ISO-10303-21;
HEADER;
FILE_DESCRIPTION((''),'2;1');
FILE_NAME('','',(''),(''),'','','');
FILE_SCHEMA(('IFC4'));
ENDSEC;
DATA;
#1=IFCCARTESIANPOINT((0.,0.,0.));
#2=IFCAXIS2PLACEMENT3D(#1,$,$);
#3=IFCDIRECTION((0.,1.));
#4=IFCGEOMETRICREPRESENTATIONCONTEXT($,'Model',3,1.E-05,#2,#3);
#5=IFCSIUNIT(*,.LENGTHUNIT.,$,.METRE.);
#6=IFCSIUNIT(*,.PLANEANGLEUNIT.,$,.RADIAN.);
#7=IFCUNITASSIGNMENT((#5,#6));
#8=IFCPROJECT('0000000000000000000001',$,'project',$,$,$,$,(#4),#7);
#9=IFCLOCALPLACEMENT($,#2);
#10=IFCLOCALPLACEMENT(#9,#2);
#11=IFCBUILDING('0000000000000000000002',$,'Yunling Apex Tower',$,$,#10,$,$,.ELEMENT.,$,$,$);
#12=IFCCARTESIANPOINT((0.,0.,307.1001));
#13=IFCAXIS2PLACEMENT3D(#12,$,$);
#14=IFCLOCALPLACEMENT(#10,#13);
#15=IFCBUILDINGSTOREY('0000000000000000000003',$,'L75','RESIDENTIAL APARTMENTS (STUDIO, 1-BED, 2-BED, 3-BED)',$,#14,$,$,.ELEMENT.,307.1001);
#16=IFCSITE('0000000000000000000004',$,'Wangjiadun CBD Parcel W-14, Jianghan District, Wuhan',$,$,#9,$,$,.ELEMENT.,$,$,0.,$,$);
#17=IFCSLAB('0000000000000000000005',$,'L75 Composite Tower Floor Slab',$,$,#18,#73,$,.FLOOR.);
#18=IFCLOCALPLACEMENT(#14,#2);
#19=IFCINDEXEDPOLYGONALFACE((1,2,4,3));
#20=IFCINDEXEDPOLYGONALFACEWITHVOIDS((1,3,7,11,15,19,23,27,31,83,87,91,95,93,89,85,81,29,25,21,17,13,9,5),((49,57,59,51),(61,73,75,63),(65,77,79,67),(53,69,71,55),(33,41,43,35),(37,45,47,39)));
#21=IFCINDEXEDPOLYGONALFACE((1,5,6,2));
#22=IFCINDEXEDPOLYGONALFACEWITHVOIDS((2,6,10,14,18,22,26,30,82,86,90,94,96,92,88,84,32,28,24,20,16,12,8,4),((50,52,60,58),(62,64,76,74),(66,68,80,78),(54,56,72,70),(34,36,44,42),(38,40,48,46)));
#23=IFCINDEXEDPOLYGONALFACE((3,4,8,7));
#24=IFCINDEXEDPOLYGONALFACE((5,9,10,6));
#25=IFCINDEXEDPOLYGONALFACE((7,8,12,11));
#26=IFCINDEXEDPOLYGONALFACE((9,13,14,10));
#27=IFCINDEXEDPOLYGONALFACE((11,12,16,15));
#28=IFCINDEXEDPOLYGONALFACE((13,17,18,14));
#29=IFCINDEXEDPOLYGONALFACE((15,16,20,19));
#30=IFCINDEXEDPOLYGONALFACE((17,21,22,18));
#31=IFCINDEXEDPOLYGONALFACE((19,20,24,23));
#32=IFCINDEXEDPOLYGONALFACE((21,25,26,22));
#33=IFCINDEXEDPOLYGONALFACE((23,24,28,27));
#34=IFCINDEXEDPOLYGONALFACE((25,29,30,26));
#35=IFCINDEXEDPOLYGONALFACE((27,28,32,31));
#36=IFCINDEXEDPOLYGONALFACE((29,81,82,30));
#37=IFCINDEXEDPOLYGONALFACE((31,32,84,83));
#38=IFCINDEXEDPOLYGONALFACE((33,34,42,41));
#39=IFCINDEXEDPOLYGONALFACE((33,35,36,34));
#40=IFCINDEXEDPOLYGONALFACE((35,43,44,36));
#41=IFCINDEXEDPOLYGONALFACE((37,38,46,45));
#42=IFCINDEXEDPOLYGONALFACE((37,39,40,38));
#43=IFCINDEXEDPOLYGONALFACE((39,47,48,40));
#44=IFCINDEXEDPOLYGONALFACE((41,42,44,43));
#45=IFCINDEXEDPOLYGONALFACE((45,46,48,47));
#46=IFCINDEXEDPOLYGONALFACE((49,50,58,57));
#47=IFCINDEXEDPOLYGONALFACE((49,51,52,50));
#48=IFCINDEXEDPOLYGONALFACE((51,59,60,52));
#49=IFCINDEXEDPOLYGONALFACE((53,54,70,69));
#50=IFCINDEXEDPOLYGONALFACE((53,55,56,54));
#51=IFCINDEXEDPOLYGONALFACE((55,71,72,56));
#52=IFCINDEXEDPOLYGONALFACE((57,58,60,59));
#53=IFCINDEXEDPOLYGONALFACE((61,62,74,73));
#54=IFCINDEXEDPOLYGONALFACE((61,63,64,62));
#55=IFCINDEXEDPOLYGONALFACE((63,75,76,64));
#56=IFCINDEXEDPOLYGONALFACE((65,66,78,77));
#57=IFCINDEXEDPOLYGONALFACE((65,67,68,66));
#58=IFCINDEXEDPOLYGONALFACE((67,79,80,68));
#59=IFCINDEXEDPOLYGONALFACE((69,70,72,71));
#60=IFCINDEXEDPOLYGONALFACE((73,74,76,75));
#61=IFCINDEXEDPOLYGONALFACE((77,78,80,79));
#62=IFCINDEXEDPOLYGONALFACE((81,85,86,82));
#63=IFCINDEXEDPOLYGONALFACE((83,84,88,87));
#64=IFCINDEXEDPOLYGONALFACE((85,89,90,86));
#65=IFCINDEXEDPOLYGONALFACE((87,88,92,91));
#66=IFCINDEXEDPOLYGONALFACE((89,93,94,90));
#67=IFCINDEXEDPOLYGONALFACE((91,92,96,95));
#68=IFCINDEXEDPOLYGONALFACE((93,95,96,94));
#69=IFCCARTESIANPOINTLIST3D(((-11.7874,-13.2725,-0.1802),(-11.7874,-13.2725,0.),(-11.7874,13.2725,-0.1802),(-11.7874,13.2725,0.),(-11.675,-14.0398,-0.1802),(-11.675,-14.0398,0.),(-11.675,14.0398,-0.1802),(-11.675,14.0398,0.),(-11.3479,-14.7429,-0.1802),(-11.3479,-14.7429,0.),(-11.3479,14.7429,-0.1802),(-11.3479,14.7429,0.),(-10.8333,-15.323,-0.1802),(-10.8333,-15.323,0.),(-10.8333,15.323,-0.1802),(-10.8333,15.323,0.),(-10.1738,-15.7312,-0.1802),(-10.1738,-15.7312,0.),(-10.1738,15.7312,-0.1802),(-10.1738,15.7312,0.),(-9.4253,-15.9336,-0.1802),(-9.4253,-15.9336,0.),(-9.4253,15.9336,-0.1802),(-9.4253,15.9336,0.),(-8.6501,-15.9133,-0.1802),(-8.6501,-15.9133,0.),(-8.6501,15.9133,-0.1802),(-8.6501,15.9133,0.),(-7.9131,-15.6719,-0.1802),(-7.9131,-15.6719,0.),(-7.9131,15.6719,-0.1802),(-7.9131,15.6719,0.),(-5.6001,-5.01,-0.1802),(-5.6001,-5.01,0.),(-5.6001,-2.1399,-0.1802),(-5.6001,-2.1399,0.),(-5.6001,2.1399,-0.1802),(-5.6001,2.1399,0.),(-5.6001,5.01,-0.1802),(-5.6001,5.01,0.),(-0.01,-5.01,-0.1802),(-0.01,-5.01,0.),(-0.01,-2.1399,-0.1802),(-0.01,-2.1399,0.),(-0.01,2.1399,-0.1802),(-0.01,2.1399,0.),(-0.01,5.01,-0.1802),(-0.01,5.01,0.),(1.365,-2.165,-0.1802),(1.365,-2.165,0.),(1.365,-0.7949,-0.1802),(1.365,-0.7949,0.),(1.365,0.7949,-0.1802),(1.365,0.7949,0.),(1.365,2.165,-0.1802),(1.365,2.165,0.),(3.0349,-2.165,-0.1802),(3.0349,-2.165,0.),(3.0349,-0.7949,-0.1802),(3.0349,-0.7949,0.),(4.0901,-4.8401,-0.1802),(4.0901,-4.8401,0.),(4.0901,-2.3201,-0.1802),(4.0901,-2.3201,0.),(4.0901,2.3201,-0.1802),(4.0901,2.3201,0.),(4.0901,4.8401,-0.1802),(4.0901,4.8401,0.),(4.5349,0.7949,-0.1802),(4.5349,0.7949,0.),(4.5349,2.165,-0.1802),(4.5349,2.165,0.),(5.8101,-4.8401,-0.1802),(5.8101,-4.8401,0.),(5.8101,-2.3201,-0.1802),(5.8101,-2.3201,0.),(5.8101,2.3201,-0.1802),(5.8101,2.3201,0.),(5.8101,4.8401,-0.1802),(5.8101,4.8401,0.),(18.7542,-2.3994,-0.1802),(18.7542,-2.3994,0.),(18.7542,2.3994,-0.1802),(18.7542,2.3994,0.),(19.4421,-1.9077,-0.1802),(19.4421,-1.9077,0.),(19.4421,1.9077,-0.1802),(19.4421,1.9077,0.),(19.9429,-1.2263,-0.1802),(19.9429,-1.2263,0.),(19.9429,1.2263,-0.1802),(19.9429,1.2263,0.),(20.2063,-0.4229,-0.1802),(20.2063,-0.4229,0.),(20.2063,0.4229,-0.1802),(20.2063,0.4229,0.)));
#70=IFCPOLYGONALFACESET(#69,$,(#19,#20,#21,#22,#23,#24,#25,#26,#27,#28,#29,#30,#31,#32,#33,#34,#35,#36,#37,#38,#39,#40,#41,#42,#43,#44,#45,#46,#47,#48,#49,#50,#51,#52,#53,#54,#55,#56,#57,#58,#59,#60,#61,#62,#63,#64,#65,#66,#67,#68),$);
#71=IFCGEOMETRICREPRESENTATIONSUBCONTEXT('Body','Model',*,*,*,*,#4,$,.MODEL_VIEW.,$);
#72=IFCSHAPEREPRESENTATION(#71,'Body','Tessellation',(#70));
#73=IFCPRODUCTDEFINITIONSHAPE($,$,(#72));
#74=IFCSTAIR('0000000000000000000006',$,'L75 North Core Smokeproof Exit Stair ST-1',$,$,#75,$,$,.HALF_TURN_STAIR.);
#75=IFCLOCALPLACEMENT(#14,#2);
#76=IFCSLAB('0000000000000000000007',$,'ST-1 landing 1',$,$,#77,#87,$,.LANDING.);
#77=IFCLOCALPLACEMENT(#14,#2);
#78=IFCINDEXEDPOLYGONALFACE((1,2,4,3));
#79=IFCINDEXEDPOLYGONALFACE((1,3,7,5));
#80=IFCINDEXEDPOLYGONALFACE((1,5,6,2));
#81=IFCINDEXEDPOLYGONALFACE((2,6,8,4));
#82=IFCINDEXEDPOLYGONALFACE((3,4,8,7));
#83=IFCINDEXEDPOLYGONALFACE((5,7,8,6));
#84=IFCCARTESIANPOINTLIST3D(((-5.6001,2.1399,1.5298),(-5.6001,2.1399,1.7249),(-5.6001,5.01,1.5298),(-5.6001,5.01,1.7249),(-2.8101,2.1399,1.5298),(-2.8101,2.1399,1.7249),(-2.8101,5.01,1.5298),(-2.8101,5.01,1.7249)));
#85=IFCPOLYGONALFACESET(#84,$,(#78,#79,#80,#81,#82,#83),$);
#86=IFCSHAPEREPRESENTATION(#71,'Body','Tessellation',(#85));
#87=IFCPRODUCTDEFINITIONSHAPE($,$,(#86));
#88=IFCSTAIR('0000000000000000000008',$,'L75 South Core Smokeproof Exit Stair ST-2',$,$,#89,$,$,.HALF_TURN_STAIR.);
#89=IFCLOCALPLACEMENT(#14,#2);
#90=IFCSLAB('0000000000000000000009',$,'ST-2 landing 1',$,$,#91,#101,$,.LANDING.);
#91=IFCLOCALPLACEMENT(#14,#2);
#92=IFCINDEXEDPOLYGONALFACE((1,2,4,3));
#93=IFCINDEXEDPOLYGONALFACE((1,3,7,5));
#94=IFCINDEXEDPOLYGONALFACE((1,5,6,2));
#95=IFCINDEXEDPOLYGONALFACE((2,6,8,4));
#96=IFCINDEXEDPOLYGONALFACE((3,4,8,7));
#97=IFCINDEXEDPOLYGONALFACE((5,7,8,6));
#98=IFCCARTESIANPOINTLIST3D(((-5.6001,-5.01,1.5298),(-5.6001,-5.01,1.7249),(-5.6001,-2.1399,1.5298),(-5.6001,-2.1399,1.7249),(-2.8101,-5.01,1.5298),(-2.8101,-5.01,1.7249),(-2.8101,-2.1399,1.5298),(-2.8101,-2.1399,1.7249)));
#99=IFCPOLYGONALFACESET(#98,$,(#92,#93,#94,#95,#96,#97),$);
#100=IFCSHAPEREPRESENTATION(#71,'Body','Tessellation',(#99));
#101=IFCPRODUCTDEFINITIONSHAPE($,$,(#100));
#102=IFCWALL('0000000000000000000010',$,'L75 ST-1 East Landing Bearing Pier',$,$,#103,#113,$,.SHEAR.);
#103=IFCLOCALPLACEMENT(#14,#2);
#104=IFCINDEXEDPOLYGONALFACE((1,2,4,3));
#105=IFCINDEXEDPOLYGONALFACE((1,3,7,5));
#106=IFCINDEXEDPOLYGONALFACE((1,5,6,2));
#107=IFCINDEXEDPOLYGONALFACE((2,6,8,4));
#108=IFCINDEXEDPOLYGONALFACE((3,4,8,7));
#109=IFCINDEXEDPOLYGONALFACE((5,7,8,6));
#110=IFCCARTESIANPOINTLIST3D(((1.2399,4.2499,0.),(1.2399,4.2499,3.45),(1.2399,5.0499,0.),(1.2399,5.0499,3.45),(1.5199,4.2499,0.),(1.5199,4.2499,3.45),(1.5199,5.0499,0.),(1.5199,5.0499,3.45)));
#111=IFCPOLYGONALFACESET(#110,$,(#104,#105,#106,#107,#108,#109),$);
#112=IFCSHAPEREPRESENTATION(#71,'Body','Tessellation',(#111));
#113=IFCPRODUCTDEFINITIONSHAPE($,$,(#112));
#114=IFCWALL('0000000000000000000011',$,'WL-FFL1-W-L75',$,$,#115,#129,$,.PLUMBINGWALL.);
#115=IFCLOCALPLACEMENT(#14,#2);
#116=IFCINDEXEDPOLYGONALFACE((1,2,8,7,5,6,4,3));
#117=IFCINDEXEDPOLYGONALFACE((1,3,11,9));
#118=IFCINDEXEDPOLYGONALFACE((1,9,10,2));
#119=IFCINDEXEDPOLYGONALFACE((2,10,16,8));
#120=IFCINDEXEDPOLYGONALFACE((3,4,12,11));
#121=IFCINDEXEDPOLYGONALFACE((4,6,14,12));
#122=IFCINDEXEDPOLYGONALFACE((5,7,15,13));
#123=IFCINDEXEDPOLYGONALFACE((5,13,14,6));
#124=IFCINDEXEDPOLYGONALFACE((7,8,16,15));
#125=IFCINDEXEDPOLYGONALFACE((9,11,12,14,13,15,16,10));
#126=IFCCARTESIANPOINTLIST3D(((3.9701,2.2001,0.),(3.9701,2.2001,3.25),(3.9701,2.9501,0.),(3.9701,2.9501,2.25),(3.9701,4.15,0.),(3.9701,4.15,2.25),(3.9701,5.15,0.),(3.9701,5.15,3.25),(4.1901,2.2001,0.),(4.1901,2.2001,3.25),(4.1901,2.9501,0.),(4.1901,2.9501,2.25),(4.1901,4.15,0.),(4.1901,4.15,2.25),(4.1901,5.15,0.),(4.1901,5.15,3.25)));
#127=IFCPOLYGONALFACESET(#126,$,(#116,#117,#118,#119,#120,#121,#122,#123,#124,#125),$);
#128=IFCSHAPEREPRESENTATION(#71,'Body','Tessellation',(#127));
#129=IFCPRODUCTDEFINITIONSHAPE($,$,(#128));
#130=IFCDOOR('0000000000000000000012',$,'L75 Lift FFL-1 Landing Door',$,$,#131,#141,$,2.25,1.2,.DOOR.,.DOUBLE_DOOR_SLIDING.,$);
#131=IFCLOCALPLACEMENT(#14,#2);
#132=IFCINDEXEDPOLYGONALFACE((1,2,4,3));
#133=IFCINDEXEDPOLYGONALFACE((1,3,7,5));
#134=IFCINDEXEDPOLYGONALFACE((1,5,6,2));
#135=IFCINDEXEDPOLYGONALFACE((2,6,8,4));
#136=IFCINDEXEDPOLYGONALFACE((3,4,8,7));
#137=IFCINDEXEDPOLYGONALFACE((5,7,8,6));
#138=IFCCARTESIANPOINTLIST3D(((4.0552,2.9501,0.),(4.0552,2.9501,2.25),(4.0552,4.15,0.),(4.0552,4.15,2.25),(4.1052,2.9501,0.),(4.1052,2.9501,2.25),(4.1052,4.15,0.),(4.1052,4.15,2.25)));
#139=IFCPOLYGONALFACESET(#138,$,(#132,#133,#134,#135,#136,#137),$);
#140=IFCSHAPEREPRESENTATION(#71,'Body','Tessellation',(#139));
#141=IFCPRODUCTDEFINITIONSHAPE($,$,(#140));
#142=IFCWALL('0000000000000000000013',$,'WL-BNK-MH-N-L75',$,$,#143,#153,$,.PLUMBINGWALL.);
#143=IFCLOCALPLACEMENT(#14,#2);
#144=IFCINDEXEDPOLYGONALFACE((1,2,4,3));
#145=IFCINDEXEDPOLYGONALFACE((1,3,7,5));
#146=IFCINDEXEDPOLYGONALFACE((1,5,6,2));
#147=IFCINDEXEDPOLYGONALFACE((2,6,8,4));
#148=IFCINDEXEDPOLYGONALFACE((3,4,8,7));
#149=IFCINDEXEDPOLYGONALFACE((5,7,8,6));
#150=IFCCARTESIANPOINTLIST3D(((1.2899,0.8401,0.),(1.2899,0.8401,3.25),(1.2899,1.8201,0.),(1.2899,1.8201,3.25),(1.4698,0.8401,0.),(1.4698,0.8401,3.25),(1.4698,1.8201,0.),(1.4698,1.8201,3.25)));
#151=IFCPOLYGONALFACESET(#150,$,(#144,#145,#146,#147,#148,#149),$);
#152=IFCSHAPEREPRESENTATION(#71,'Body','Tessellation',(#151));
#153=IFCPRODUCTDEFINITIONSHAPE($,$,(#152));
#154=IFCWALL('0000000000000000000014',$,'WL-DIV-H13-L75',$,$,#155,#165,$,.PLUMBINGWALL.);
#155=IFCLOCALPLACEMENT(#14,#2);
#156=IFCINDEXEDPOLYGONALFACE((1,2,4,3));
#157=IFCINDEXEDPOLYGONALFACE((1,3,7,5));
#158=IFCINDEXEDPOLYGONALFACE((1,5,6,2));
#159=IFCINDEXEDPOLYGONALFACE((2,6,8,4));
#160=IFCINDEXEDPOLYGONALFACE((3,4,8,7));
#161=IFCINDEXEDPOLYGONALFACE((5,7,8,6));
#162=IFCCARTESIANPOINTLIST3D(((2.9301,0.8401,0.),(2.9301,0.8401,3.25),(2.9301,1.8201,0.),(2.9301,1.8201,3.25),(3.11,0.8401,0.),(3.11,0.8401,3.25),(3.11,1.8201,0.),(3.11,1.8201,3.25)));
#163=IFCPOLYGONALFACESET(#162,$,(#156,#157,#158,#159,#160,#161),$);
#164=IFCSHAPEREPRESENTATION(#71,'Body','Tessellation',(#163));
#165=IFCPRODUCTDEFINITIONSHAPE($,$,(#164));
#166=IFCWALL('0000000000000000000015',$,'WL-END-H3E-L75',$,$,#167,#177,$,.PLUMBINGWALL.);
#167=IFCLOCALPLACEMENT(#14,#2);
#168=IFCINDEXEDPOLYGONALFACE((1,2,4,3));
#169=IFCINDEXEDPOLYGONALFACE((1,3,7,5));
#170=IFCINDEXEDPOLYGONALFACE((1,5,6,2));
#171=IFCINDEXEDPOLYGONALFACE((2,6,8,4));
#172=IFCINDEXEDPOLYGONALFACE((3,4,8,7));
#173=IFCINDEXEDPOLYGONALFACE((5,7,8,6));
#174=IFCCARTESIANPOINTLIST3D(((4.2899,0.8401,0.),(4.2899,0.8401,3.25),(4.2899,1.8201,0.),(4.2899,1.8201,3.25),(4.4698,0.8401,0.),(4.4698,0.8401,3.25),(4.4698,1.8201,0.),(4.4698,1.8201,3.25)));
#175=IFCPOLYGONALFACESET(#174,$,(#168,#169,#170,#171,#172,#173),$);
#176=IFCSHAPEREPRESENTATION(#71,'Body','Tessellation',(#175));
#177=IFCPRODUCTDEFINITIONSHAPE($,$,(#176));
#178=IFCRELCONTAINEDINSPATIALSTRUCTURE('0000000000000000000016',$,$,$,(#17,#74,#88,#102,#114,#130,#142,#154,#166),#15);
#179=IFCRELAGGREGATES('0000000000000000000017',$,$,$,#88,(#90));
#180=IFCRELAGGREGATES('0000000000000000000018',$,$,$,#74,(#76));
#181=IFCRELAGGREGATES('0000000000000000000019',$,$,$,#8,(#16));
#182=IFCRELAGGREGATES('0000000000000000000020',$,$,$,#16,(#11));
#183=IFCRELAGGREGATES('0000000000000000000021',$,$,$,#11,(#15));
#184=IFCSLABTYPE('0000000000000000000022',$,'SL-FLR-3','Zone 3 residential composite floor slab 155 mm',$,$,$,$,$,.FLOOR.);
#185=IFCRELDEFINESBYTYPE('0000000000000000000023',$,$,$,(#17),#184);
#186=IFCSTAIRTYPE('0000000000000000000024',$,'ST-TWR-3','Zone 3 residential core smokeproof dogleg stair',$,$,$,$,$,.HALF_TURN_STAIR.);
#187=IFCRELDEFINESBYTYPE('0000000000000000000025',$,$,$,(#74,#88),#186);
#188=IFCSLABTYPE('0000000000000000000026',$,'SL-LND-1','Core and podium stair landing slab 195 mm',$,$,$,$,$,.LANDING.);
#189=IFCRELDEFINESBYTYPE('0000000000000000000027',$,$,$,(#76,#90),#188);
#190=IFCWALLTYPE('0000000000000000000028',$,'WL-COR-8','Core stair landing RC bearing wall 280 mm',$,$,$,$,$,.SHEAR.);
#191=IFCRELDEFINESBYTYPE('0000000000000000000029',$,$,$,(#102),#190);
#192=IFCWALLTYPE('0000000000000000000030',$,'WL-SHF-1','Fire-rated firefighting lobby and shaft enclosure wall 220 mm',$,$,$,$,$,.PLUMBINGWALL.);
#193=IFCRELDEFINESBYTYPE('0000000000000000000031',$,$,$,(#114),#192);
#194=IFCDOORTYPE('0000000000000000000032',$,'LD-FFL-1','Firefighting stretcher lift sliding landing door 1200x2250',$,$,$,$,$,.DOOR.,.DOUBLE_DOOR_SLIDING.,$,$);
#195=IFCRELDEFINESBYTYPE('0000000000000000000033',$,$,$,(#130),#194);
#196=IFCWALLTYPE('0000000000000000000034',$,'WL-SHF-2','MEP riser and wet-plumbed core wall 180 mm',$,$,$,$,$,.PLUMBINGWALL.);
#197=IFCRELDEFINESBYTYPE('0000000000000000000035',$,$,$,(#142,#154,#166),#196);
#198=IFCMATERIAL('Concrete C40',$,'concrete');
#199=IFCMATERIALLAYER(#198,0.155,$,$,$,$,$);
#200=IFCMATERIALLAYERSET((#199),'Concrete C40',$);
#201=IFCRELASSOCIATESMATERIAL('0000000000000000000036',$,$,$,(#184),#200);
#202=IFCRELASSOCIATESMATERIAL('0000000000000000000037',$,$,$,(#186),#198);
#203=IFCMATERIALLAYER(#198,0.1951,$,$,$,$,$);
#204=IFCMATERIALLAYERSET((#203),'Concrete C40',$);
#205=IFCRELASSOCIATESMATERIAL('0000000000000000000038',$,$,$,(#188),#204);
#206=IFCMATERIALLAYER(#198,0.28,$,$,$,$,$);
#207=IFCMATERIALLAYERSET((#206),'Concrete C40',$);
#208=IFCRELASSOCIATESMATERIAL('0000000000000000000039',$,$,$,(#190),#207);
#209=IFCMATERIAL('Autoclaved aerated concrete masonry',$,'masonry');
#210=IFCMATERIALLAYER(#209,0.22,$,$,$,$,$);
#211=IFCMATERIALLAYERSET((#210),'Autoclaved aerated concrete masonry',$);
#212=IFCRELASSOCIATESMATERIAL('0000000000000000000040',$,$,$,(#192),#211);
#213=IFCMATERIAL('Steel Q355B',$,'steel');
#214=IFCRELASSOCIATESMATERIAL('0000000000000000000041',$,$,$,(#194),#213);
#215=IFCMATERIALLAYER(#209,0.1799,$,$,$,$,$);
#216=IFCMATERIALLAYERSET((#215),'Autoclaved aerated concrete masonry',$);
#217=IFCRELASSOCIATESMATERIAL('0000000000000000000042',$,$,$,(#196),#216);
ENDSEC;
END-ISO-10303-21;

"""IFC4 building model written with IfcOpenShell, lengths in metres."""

from ifc_helpers import new_model, si_unit, direction, frame, frame_2d, origin, place, context, subcontext, project, spatial, polyline, rectangle, outline, extrude, material, layer, layer_set, type_object, element, fill, aggregate, save


model = new_model("IFC4")

# Units and contexts
model_context = context("Model", 3, precision=1e-05, world=origin(), true_north=direction((0.0, 1.0)))
body_context = subcontext(model_context, "Body", "Model", "MODEL_VIEW")
ifc_project = project(units=[si_unit("LENGTHUNIT", "METRE"), si_unit("PLANEANGLEUNIT", "RADIAN")], contexts=[model_context])

# Site, building, storey
site_placement = place(None, origin())
site = spatial("IfcSite", under=ifc_project, at=site_placement, Name="Wangjiadun CBD Parcel W-14, Jianghan District, Wuhan", CompositionType="ELEMENT", RefElevation=0.0)
building_placement = place(site_placement, origin())
building = spatial("IfcBuilding", under=site, at=building_placement, Name="Yunling Apex Tower", CompositionType="ELEMENT")
storey_placement = place(building_placement, frame((0.0, 0.0, 307.1001)))
storey = spatial("IfcBuildingStorey", under=building, at=storey_placement, Name="L75", Description="RESIDENTIAL APARTMENTS (STUDIO, 1-BED, 2-BED, 3-BED)", CompositionType="ELEMENT", Elevation=307.1001)

# Slab
ifc_material_1 = material(Name="Concrete C40", Category="concrete")
ifc_layer_1 = layer(ifc_material_1, 0.155)
ifc_layer_set_1 = layer_set([ifc_layer_1], Name="Concrete C40")
slab_type_1 = type_object("IfcSlabType", Name="SL-FLR-3", Description="Zone 3 residential composite floor slab 155 mm", PredefinedType="FLOOR", material=ifc_layer_set_1)
slab_1_placement = place(storey_placement, frame((0.0, 0.0, -0.1802)))
element("IfcSlab", 1, at=slab_1_placement, inside=storey, type_object=slab_type_1, Name="L75 Composite Tower Floor Slab", PredefinedType="FLOOR", context=body_context, shape_type="SweptSolid", body=[
    extrude(outline(polyline([(-11.7874, -13.2725), (-11.675, -14.0398), (-11.3479, -14.7429), (-10.8333, -15.323), (-10.1738, -15.7312), (-9.4253, -15.9336), (-8.6501, -15.9133), (-7.9131, -15.6719), (18.7542, -2.3994), (19.4421, -1.9077), (19.9429, -1.2263), (20.2063, -0.4229), (20.2063, 0.4229), (19.9429, 1.2263), (19.4421, 1.9077), (18.7542, 2.3994), (-7.9131, 15.6719), (-8.6501, 15.9133), (-9.4253, 15.9336), (-10.1738, 15.7312), (-10.8333, 15.323), (-11.3479, 14.7429), (-11.675, 14.0398), (-11.7874, 13.2725), (-11.7874, -13.2725)]), holes=[polyline([(4.0901, 4.8401), (5.8101, 4.8401), (5.8101, 2.3201), (4.0901, 2.3201), (4.0901, 4.8401)]), polyline([(4.0901, -4.8401), (4.0901, -2.3201), (5.8101, -2.3201), (5.8101, -4.8401), (4.0901, -4.8401)]), polyline([(4.5349, 0.7949), (1.365, 0.7949), (1.365, 2.165), (4.5349, 2.165), (4.5349, 0.7949)]), polyline([(1.365, -0.7949), (3.0349, -0.7949), (3.0349, -2.165), (1.365, -2.165), (1.365, -0.7949)]), polyline([(-0.01, -5.01), (-5.6001, -5.01), (-5.6001, -2.1399), (-0.01, -2.1399), (-0.01, -5.01)]), polyline([(-0.01, 2.1399), (-5.6001, 2.1399), (-5.6001, 5.01), (-0.01, 5.01), (-0.01, 2.1399)])]), origin(), (0.0, 0.0, 1.0), 0.1802),
])

# Stairs, slabs
stair_type = type_object("IfcStairType", Name="ST-TWR-3", Description="Zone 3 residential core smokeproof dogleg stair", PredefinedType="HALF_TURN_STAIR", material=ifc_material_1)
stair_1_placement = place(storey_placement, origin())
stair_1 = element("IfcStair", 2, at=stair_1_placement, inside=storey, type_object=stair_type, Name="L75 North Core Smokeproof Exit Stair ST-1", PredefinedType="HALF_TURN_STAIR")
ifc_layer_2 = layer(ifc_material_1, 0.1951)
ifc_layer_set_2 = layer_set([ifc_layer_2], Name="Concrete C40")
slab_type_2 = type_object("IfcSlabType", Name="SL-LND-1", Description="Core and podium stair landing slab 195 mm", PredefinedType="LANDING", material=ifc_layer_set_2)
slab_2_placement = place(storey_placement, frame((0.0, 0.0, 1.5298)))
slab_2 = element("IfcSlab", 3, at=slab_2_placement, type_object=slab_type_2, Name="ST-1 landing 1", PredefinedType="LANDING", context=body_context, shape_type="SweptSolid", body=[
    extrude(outline(polyline([(-2.8101, 5.01), (-5.6001, 5.01), (-5.6001, 2.1399), (-2.8101, 2.1399), (-2.8101, 5.01)])), origin(), (0.0, 0.0, 1.0), 0.1951),
])
stair_2_placement = place(storey_placement, origin())
stair_2 = element("IfcStair", 4, at=stair_2_placement, inside=storey, type_object=stair_type, Name="L75 South Core Smokeproof Exit Stair ST-2", PredefinedType="HALF_TURN_STAIR")
slab_3_placement = place(storey_placement, frame((0.0, 0.0, 1.5298)))
slab_3 = element("IfcSlab", 5, at=slab_3_placement, type_object=slab_type_2, Name="ST-2 landing 1", PredefinedType="LANDING", context=body_context, shape_type="SweptSolid", body=[
    extrude(outline(polyline([(-2.8101, -2.1399), (-5.6001, -2.1399), (-5.6001, -5.01), (-2.8101, -5.01), (-2.8101, -2.1399)])), origin(), (0.0, 0.0, 1.0), 0.1951),
])
aggregate(stair_2, [slab_3])

# Wall
ifc_layer_3 = layer(ifc_material_1, 0.28)
ifc_layer_set_3 = layer_set([ifc_layer_3], Name="Concrete C40")
wall_type_1 = type_object("IfcWallType", Name="WL-COR-8", Description="Core stair landing RC bearing wall 280 mm", PredefinedType="SHEAR", material=ifc_layer_set_3)
wall_1_placement = place(storey_placement, frame((1.3799, 4.25, 0.0), z_axis=(0.0, 0.0, 1.0), x_axis=(0.0, 1.0, 0.0)))
element("IfcWall", 6, at=wall_1_placement, inside=storey, type_object=wall_type_1, Name="L75 ST-1 East Landing Bearing Pier", PredefinedType="SHEAR", context=body_context, shape_type="SweptSolid", body=[
    extrude(rectangle(XDim=0.8, YDim=0.28, at=frame_2d((0.3999, 0.0))), origin(), (0.0, 0.0, 1.0), 3.45),
])

# Wall, opening, door
ifc_material_2 = material(Name="Autoclaved aerated concrete masonry", Category="masonry")
ifc_layer_4 = layer(ifc_material_2, 0.22)
ifc_layer_set_4 = layer_set([ifc_layer_4], Name="Autoclaved aerated concrete masonry")
wall_type_2 = type_object("IfcWallType", Name="WL-SHF-1", Description="Fire-rated firefighting lobby and shaft enclosure wall 220 mm", PredefinedType="PLUMBINGWALL", material=ifc_layer_set_4)
ifc_material_3 = material(Name="Steel Q355B", Category="steel")
wall_2_placement = place(storey_placement, frame((4.0801, 2.2, 0.0), z_axis=(0.0, 0.0, 1.0), x_axis=(0.0, 1.0, 0.0)))
wall_2 = element("IfcWall", 7, at=wall_2_placement, inside=storey, type_object=wall_type_2, Name="WL-FFL1-W-L75", PredefinedType="PLUMBINGWALL", context=body_context, shape_type="SweptSolid", body=[
    extrude(rectangle(XDim=2.95, YDim=0.22, at=frame_2d((1.4751, 0.0))), origin(), (0.0, 0.0, 1.0), 3.25),
])
opening_1_placement = place(wall_2_placement, frame((0.75, 0.0, 0.0)))
opening_1 = element("IfcOpeningElement", 8, at=opening_1_placement, cuts=wall_2, PredefinedType="OPENING", context=body_context, shape_type="SweptSolid", body=[
    extrude(rectangle(XDim=1.2, YDim=2.25, at=frame_2d((0.6001, 1.125))), frame((0.0, 0.1201, 0.0), z_axis=(0.0, -1.0, 0.0), x_axis=(1.0, 0.0, 0.0)), (0.0, 0.0, 1.0), 0.24),
])
door_type_1 = type_object("IfcDoorType", Name="LD-FFL-1", Description="Firefighting stretcher lift sliding landing door 1200x2250", OperationType="DOUBLE_DOOR_SLIDING", PredefinedType="DOOR", material=ifc_material_3)
door_1_placement = place(opening_1_placement, origin())
door_1 = element("IfcDoor", 9, at=door_1_placement, inside=storey, type_object=door_type_1, Name="L75 Lift FFL-1 Landing Door", OperationType="DOUBLE_DOOR_SLIDING", OverallHeight=2.25, OverallWidth=1.2, PredefinedType="DOOR", context=body_context, shape_type="SweptSolid", body=[
    extrude(rectangle(XDim=1.2, YDim=2.25, at=frame_2d((0.6001, 1.125))), frame((0.0, 0.0249, 0.0), z_axis=(0.0, -1.0, 0.0), x_axis=(1.0, 0.0, 0.0)), (0.0, 0.0, 1.0), 0.05),
])
fill(opening_1, door_1)

# Walls
ifc_layer_5 = layer(ifc_material_2, 0.1799)
ifc_layer_set_5 = layer_set([ifc_layer_5], Name="Autoclaved aerated concrete masonry")
wall_type_3 = type_object("IfcWallType", Name="WL-SHF-2", Description="MEP riser and wet-plumbed core wall 180 mm", PredefinedType="PLUMBINGWALL", material=ifc_layer_set_5)
for number, where, z_axis, x_axis, name in (
    (10, (1.3799, 0.8401, 0.0), (0.0, 0.0, 1.0), (0.0, 1.0, 0.0), "WL-BNK-MH-N-L75"),
    (11, (3.02, 0.8401, 0.0), (0.0, 0.0, 1.0), (0.0, 1.0, 0.0), "WL-DIV-H13-L75"),
    (12, (4.3799, 0.8401, 0.0), (0.0, 0.0, 1.0), (0.0, 1.0, 0.0), "WL-END-H3E-L75"),
):
    element("IfcWall", number, at=place(storey_placement, frame(where, z_axis=z_axis, x_axis=x_axis)), inside=storey, type_object=wall_type_3, Name=name, PredefinedType="PLUMBINGWALL", context=body_context, shape_type="SweptSolid", body=[
        extrude(rectangle(XDim=0.98, YDim=0.1799, at=frame_2d((0.49, 0.0))), origin(), (0.0, 0.0, 1.0), 3.25),
    ])

aggregate(stair_1, [slab_2])

save(model, "model.ifc")
